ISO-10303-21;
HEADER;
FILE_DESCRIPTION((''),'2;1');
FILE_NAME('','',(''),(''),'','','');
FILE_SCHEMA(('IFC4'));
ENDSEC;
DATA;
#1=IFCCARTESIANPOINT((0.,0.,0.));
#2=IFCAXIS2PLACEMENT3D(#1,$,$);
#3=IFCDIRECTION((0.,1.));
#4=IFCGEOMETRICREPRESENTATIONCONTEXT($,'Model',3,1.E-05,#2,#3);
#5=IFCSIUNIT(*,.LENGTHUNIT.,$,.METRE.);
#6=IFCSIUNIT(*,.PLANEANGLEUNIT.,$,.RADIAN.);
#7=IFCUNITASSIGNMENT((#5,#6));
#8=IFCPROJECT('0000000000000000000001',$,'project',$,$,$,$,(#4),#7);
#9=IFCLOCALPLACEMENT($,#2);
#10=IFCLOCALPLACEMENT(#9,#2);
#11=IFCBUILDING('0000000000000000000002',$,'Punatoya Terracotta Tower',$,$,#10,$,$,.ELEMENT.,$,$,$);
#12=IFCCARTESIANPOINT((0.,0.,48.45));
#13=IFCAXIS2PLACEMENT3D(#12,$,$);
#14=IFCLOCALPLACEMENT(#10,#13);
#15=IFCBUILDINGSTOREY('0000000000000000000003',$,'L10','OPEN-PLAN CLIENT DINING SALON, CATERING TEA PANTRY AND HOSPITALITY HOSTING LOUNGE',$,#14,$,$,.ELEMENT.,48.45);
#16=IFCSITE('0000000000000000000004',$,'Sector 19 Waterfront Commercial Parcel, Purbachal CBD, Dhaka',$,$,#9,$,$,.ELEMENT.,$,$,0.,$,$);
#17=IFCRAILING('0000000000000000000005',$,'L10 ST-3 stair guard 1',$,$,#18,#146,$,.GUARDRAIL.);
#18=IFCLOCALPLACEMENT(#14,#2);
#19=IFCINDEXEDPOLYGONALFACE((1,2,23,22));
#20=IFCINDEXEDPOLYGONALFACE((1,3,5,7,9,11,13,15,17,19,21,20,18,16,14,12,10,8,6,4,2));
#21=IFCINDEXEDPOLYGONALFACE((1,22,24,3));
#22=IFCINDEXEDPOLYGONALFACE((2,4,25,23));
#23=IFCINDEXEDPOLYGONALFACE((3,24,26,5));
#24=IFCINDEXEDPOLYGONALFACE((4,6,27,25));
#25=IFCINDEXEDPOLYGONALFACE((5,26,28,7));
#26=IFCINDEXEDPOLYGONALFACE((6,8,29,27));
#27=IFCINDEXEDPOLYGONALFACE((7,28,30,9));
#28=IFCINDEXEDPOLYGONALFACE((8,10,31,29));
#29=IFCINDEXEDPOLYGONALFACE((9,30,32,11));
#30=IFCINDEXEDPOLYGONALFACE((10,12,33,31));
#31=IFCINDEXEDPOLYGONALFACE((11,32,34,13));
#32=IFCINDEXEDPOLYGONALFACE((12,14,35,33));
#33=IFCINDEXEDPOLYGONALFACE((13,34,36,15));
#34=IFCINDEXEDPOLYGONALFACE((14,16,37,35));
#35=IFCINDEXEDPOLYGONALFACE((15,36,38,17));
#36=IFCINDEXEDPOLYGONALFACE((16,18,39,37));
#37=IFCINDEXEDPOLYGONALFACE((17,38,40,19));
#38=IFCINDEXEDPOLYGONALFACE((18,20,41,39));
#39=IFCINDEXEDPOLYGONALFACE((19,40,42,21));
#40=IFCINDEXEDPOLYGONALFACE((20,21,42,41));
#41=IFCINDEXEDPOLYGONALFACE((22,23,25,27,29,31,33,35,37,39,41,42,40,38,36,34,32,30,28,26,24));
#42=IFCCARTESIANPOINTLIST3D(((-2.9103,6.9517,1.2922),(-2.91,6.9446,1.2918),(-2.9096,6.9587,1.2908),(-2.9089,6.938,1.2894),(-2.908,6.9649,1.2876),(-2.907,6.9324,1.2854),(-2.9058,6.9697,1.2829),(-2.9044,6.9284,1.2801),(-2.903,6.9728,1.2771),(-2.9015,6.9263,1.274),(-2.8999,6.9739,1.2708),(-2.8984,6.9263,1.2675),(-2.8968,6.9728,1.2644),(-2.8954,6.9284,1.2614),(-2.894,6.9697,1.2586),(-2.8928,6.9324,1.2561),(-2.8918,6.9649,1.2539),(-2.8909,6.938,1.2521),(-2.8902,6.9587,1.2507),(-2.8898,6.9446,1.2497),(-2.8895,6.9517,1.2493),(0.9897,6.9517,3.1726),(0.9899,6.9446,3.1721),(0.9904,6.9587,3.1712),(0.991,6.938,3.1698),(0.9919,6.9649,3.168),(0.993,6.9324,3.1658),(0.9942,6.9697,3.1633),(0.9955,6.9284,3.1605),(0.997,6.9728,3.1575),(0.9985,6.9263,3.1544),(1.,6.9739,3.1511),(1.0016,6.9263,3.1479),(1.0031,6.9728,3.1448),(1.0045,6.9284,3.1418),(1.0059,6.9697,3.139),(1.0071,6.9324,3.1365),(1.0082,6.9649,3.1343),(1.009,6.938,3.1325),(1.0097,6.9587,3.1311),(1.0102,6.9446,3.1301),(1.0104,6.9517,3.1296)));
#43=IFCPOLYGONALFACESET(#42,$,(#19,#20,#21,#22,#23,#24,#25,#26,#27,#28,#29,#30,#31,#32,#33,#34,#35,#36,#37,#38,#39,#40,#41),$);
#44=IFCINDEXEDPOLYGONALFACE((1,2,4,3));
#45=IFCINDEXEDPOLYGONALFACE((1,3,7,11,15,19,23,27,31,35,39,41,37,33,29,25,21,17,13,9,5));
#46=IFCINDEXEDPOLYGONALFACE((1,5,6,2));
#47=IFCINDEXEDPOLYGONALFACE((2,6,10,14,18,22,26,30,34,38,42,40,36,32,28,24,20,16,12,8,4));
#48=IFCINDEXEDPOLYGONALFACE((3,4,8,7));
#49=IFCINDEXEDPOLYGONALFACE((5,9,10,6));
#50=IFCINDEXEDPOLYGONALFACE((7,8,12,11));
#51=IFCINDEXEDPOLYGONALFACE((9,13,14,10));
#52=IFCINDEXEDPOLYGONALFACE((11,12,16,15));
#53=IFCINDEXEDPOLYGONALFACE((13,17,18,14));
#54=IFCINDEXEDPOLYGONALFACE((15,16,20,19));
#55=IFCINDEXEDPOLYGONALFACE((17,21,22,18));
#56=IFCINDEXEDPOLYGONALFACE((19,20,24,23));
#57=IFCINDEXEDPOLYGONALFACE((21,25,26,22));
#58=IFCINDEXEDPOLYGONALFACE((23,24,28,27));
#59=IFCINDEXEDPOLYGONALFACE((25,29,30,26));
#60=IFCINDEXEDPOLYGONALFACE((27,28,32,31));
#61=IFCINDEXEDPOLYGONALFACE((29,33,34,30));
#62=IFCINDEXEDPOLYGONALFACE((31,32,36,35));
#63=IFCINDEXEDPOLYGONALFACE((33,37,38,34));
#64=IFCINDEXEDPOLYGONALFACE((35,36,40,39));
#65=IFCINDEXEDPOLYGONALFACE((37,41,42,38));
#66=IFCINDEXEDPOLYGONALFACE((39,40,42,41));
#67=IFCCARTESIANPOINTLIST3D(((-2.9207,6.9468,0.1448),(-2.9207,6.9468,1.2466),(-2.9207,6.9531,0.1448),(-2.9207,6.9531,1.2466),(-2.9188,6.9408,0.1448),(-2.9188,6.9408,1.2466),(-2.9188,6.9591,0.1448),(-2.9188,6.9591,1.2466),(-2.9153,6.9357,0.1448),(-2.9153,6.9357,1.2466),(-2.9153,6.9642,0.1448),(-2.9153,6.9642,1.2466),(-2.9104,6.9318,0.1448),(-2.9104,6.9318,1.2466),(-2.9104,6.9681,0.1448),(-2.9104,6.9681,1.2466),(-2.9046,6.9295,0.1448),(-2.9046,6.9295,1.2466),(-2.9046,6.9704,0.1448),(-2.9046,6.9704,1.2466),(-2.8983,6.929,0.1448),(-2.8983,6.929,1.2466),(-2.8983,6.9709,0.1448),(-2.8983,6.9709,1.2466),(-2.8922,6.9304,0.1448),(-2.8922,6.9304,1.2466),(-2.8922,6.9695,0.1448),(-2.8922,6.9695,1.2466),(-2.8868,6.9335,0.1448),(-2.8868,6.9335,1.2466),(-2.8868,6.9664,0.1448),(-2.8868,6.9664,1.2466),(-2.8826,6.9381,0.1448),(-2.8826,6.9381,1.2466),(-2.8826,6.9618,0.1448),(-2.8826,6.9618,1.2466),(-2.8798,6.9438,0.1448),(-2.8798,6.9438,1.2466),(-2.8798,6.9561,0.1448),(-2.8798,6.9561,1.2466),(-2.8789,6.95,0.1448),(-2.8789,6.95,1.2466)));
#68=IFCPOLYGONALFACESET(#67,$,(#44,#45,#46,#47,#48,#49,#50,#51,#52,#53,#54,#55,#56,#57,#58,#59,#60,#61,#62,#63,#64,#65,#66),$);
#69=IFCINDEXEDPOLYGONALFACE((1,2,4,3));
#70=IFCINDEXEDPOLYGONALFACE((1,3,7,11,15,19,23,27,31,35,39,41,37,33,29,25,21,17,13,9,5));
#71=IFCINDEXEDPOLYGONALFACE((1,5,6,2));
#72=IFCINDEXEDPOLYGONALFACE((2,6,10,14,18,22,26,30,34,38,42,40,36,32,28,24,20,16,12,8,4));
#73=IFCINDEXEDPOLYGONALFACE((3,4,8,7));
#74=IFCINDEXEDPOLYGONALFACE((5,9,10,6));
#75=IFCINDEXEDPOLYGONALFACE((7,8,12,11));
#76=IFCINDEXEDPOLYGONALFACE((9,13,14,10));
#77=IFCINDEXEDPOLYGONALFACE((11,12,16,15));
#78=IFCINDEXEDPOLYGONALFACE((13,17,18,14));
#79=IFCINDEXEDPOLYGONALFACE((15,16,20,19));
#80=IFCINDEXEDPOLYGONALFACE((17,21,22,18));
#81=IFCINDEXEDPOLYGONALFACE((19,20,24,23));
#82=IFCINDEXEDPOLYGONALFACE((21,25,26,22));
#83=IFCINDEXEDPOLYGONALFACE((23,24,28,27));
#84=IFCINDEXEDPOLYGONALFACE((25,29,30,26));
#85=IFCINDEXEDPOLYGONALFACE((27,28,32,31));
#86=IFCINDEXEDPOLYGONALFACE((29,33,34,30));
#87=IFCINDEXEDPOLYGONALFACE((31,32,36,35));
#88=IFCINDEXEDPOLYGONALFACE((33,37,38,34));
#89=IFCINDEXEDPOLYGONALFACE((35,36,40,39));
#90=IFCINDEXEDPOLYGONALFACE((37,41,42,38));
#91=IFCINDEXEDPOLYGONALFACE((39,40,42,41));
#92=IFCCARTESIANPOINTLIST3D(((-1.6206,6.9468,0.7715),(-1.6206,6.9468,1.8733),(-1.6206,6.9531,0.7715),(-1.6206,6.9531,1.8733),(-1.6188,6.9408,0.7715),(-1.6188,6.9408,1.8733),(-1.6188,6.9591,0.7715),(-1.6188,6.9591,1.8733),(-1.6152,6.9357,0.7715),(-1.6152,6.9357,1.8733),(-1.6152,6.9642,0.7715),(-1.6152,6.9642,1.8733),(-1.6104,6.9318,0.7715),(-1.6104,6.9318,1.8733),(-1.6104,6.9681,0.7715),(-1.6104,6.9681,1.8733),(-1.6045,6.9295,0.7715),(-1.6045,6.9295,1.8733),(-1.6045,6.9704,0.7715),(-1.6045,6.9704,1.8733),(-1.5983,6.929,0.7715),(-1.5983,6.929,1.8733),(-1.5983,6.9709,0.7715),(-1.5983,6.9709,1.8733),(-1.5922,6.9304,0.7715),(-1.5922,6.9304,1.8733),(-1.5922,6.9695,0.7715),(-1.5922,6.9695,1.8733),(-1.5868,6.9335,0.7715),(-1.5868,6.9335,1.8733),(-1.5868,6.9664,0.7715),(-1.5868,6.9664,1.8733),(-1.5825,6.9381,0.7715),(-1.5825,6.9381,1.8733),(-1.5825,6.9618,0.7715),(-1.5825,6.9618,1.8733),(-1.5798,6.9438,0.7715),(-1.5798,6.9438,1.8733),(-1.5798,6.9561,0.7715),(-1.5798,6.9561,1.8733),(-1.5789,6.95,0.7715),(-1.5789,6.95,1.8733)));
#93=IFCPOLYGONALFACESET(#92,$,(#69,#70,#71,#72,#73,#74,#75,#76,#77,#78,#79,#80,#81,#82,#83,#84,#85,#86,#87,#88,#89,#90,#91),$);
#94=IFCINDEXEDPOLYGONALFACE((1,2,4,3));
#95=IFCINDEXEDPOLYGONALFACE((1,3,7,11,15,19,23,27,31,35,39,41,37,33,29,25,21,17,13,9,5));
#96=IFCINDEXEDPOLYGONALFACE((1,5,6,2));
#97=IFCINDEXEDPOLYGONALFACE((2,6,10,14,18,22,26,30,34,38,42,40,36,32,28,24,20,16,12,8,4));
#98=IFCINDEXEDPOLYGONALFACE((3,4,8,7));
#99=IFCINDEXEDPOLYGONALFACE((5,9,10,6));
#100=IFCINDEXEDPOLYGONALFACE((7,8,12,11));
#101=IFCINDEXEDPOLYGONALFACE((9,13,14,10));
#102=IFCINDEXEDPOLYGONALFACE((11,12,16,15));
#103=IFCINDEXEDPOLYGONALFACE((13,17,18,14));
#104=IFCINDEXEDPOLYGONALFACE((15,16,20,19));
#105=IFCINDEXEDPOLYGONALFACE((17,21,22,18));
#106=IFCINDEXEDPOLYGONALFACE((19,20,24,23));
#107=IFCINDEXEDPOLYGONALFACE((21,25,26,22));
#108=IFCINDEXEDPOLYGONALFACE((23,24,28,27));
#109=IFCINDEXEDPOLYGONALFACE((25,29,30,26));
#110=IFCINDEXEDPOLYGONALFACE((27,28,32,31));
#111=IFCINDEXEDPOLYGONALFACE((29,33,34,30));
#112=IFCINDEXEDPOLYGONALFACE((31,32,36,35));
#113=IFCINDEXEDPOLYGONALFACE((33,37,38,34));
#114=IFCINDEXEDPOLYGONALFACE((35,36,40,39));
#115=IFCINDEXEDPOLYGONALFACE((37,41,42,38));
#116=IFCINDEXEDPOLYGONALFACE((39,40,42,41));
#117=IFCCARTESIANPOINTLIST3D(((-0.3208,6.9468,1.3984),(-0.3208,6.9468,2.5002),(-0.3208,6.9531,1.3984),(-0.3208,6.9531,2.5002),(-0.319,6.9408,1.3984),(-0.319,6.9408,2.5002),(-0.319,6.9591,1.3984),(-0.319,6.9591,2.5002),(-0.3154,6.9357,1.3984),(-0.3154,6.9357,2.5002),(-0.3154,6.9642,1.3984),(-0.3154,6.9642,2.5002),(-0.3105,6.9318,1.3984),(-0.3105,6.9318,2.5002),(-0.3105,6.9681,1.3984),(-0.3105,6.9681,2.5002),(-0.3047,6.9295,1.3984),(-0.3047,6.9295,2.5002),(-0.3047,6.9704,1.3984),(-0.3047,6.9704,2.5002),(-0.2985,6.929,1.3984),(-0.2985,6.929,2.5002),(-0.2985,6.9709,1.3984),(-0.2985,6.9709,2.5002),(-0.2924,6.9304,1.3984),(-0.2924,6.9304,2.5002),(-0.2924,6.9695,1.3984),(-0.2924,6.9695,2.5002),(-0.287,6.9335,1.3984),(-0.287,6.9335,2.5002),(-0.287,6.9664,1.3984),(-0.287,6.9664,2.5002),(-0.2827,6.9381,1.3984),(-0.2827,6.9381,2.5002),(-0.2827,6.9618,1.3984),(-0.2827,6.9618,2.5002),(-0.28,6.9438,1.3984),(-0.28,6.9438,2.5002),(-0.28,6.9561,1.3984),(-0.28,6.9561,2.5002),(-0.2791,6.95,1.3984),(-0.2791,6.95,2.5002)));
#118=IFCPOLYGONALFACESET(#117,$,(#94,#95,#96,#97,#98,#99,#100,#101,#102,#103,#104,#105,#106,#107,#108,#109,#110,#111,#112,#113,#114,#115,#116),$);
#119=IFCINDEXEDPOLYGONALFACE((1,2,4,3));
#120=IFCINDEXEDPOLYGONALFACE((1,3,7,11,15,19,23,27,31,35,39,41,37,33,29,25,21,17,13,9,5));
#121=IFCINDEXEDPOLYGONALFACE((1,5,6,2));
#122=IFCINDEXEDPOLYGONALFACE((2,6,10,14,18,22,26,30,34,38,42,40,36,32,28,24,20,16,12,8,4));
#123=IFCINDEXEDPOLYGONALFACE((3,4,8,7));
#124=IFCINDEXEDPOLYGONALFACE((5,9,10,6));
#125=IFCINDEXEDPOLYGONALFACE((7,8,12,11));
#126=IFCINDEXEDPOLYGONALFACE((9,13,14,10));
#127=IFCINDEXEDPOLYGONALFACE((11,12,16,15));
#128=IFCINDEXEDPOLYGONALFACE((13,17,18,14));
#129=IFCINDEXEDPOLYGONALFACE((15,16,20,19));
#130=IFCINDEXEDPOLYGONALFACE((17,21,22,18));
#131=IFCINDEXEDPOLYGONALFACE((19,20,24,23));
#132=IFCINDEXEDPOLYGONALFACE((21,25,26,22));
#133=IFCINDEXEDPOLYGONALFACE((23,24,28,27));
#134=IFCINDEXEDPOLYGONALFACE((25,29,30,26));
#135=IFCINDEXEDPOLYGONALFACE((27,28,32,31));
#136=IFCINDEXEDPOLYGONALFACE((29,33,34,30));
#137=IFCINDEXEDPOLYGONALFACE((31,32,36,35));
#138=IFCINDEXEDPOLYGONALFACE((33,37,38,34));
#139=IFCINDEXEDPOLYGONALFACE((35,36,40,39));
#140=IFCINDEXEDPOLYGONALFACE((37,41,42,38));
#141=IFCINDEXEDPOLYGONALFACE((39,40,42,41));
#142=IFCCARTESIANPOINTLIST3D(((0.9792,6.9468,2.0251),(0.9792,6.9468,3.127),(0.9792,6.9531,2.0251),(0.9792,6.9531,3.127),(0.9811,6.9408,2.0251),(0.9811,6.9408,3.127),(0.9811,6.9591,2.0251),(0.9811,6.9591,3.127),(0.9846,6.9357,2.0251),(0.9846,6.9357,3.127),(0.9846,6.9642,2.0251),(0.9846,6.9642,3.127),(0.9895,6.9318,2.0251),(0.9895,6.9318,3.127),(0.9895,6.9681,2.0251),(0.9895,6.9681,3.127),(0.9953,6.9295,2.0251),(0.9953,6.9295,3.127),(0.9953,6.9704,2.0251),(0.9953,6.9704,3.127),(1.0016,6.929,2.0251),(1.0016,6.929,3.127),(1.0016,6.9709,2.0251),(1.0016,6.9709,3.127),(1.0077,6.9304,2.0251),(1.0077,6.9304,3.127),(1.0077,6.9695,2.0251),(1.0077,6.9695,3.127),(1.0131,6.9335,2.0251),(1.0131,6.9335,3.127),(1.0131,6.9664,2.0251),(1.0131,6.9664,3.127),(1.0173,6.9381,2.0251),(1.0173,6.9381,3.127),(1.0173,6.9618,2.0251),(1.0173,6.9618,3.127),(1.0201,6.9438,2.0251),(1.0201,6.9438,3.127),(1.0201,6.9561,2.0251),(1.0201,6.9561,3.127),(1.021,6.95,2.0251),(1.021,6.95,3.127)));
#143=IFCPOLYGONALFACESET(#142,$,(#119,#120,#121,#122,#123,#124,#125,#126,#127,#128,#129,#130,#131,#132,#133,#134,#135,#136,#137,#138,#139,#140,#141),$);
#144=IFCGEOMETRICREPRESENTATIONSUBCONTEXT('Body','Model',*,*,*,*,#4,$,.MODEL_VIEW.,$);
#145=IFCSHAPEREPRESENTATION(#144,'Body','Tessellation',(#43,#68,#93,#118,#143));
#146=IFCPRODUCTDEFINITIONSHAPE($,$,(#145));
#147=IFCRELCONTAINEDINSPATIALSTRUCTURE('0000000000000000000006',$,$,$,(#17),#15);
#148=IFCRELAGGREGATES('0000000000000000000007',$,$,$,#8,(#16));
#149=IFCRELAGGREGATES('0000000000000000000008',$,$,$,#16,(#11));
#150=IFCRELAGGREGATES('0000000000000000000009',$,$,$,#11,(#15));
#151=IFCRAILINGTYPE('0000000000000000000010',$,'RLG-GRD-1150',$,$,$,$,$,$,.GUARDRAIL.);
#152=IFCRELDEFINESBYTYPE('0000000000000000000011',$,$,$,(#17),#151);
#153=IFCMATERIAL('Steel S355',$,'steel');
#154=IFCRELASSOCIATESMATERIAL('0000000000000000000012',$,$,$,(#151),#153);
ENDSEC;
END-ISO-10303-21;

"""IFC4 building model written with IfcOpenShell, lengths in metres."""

from ifc_helpers import new_model, si_unit, direction, frame, origin, origin_2d, place, context, subcontext, project, spatial, circle, extrude, material, type_object, element, save


model = new_model("IFC4")

# Units and contexts
model_context = context("Model", 3, precision=1e-05, world=origin(), true_north=direction((0.0, 1.0)))
body_context = subcontext(model_context, "Body", "Model", "MODEL_VIEW")
ifc_project = project(units=[si_unit("LENGTHUNIT", "METRE"), si_unit("PLANEANGLEUNIT", "RADIAN")], contexts=[model_context])

# Site, building, storey
site_placement = place(None, origin())
site = spatial("IfcSite", under=ifc_project, at=site_placement, Name="Sector 19 Waterfront Commercial Parcel, Purbachal CBD, Dhaka", CompositionType="ELEMENT", RefElevation=0.0)
building_placement = place(site_placement, origin())
building = spatial("IfcBuilding", under=site, at=building_placement, Name="Punatoya Terracotta Tower", CompositionType="ELEMENT")
storey_placement = place(building_placement, frame((0.0, 0.0, 48.45)))
storey = spatial("IfcBuildingStorey", under=building, at=storey_placement, Name="L10", Description="OPEN-PLAN CLIENT DINING SALON, CATERING TEA PANTRY AND HOSPITALITY HOSTING LOUNGE", CompositionType="ELEMENT", Elevation=48.45)

# Shared definitions
ifc_material_1 = material(Name="Steel S355", Category="steel")

# Railing
railing_type_1 = type_object("IfcRailingType", Name="RLG-GRD-1150", PredefinedType="GUARDRAIL", material=ifc_material_1)
railing_1_placement = place(storey_placement, frame((-2.8999, 6.95, 0.1448)))
element("IfcRailing", 1, at=railing_1_placement, inside=storey, type_object=railing_type_1, Name="L10 ST-3 stair guard 1", PredefinedType="GUARDRAIL", context=body_context, shape_type="SweptSolid", body=[
    extrude(circle(Radius=0.0239, at=origin_2d()), frame((0.0, 0.0, 1.126), z_axis=(0.900763, 0.0, 0.434311), x_axis=(0.0, 1.0, 0.0)), (0.0, 0.0, 1.0), 4.3296),
    extrude(circle(Radius=0.021, at=origin_2d()), origin(), (0.0, 0.0, 1.0), 1.1018),
    extrude(circle(Radius=0.021, at=origin_2d()), frame((1.3, 0.0, 0.6267)), (0.0, 0.0, 1.0), 1.1018),
    extrude(circle(Radius=0.021, at=origin_2d()), frame((2.5999, 0.0, 1.2537)), (0.0, 0.0, 1.0), 1.1018),
    extrude(circle(Radius=0.021, at=origin_2d()), frame((3.8999, 0.0, 1.8804)), (0.0, 0.0, 1.0), 1.1018),
])

save(model, "model.ifc")
